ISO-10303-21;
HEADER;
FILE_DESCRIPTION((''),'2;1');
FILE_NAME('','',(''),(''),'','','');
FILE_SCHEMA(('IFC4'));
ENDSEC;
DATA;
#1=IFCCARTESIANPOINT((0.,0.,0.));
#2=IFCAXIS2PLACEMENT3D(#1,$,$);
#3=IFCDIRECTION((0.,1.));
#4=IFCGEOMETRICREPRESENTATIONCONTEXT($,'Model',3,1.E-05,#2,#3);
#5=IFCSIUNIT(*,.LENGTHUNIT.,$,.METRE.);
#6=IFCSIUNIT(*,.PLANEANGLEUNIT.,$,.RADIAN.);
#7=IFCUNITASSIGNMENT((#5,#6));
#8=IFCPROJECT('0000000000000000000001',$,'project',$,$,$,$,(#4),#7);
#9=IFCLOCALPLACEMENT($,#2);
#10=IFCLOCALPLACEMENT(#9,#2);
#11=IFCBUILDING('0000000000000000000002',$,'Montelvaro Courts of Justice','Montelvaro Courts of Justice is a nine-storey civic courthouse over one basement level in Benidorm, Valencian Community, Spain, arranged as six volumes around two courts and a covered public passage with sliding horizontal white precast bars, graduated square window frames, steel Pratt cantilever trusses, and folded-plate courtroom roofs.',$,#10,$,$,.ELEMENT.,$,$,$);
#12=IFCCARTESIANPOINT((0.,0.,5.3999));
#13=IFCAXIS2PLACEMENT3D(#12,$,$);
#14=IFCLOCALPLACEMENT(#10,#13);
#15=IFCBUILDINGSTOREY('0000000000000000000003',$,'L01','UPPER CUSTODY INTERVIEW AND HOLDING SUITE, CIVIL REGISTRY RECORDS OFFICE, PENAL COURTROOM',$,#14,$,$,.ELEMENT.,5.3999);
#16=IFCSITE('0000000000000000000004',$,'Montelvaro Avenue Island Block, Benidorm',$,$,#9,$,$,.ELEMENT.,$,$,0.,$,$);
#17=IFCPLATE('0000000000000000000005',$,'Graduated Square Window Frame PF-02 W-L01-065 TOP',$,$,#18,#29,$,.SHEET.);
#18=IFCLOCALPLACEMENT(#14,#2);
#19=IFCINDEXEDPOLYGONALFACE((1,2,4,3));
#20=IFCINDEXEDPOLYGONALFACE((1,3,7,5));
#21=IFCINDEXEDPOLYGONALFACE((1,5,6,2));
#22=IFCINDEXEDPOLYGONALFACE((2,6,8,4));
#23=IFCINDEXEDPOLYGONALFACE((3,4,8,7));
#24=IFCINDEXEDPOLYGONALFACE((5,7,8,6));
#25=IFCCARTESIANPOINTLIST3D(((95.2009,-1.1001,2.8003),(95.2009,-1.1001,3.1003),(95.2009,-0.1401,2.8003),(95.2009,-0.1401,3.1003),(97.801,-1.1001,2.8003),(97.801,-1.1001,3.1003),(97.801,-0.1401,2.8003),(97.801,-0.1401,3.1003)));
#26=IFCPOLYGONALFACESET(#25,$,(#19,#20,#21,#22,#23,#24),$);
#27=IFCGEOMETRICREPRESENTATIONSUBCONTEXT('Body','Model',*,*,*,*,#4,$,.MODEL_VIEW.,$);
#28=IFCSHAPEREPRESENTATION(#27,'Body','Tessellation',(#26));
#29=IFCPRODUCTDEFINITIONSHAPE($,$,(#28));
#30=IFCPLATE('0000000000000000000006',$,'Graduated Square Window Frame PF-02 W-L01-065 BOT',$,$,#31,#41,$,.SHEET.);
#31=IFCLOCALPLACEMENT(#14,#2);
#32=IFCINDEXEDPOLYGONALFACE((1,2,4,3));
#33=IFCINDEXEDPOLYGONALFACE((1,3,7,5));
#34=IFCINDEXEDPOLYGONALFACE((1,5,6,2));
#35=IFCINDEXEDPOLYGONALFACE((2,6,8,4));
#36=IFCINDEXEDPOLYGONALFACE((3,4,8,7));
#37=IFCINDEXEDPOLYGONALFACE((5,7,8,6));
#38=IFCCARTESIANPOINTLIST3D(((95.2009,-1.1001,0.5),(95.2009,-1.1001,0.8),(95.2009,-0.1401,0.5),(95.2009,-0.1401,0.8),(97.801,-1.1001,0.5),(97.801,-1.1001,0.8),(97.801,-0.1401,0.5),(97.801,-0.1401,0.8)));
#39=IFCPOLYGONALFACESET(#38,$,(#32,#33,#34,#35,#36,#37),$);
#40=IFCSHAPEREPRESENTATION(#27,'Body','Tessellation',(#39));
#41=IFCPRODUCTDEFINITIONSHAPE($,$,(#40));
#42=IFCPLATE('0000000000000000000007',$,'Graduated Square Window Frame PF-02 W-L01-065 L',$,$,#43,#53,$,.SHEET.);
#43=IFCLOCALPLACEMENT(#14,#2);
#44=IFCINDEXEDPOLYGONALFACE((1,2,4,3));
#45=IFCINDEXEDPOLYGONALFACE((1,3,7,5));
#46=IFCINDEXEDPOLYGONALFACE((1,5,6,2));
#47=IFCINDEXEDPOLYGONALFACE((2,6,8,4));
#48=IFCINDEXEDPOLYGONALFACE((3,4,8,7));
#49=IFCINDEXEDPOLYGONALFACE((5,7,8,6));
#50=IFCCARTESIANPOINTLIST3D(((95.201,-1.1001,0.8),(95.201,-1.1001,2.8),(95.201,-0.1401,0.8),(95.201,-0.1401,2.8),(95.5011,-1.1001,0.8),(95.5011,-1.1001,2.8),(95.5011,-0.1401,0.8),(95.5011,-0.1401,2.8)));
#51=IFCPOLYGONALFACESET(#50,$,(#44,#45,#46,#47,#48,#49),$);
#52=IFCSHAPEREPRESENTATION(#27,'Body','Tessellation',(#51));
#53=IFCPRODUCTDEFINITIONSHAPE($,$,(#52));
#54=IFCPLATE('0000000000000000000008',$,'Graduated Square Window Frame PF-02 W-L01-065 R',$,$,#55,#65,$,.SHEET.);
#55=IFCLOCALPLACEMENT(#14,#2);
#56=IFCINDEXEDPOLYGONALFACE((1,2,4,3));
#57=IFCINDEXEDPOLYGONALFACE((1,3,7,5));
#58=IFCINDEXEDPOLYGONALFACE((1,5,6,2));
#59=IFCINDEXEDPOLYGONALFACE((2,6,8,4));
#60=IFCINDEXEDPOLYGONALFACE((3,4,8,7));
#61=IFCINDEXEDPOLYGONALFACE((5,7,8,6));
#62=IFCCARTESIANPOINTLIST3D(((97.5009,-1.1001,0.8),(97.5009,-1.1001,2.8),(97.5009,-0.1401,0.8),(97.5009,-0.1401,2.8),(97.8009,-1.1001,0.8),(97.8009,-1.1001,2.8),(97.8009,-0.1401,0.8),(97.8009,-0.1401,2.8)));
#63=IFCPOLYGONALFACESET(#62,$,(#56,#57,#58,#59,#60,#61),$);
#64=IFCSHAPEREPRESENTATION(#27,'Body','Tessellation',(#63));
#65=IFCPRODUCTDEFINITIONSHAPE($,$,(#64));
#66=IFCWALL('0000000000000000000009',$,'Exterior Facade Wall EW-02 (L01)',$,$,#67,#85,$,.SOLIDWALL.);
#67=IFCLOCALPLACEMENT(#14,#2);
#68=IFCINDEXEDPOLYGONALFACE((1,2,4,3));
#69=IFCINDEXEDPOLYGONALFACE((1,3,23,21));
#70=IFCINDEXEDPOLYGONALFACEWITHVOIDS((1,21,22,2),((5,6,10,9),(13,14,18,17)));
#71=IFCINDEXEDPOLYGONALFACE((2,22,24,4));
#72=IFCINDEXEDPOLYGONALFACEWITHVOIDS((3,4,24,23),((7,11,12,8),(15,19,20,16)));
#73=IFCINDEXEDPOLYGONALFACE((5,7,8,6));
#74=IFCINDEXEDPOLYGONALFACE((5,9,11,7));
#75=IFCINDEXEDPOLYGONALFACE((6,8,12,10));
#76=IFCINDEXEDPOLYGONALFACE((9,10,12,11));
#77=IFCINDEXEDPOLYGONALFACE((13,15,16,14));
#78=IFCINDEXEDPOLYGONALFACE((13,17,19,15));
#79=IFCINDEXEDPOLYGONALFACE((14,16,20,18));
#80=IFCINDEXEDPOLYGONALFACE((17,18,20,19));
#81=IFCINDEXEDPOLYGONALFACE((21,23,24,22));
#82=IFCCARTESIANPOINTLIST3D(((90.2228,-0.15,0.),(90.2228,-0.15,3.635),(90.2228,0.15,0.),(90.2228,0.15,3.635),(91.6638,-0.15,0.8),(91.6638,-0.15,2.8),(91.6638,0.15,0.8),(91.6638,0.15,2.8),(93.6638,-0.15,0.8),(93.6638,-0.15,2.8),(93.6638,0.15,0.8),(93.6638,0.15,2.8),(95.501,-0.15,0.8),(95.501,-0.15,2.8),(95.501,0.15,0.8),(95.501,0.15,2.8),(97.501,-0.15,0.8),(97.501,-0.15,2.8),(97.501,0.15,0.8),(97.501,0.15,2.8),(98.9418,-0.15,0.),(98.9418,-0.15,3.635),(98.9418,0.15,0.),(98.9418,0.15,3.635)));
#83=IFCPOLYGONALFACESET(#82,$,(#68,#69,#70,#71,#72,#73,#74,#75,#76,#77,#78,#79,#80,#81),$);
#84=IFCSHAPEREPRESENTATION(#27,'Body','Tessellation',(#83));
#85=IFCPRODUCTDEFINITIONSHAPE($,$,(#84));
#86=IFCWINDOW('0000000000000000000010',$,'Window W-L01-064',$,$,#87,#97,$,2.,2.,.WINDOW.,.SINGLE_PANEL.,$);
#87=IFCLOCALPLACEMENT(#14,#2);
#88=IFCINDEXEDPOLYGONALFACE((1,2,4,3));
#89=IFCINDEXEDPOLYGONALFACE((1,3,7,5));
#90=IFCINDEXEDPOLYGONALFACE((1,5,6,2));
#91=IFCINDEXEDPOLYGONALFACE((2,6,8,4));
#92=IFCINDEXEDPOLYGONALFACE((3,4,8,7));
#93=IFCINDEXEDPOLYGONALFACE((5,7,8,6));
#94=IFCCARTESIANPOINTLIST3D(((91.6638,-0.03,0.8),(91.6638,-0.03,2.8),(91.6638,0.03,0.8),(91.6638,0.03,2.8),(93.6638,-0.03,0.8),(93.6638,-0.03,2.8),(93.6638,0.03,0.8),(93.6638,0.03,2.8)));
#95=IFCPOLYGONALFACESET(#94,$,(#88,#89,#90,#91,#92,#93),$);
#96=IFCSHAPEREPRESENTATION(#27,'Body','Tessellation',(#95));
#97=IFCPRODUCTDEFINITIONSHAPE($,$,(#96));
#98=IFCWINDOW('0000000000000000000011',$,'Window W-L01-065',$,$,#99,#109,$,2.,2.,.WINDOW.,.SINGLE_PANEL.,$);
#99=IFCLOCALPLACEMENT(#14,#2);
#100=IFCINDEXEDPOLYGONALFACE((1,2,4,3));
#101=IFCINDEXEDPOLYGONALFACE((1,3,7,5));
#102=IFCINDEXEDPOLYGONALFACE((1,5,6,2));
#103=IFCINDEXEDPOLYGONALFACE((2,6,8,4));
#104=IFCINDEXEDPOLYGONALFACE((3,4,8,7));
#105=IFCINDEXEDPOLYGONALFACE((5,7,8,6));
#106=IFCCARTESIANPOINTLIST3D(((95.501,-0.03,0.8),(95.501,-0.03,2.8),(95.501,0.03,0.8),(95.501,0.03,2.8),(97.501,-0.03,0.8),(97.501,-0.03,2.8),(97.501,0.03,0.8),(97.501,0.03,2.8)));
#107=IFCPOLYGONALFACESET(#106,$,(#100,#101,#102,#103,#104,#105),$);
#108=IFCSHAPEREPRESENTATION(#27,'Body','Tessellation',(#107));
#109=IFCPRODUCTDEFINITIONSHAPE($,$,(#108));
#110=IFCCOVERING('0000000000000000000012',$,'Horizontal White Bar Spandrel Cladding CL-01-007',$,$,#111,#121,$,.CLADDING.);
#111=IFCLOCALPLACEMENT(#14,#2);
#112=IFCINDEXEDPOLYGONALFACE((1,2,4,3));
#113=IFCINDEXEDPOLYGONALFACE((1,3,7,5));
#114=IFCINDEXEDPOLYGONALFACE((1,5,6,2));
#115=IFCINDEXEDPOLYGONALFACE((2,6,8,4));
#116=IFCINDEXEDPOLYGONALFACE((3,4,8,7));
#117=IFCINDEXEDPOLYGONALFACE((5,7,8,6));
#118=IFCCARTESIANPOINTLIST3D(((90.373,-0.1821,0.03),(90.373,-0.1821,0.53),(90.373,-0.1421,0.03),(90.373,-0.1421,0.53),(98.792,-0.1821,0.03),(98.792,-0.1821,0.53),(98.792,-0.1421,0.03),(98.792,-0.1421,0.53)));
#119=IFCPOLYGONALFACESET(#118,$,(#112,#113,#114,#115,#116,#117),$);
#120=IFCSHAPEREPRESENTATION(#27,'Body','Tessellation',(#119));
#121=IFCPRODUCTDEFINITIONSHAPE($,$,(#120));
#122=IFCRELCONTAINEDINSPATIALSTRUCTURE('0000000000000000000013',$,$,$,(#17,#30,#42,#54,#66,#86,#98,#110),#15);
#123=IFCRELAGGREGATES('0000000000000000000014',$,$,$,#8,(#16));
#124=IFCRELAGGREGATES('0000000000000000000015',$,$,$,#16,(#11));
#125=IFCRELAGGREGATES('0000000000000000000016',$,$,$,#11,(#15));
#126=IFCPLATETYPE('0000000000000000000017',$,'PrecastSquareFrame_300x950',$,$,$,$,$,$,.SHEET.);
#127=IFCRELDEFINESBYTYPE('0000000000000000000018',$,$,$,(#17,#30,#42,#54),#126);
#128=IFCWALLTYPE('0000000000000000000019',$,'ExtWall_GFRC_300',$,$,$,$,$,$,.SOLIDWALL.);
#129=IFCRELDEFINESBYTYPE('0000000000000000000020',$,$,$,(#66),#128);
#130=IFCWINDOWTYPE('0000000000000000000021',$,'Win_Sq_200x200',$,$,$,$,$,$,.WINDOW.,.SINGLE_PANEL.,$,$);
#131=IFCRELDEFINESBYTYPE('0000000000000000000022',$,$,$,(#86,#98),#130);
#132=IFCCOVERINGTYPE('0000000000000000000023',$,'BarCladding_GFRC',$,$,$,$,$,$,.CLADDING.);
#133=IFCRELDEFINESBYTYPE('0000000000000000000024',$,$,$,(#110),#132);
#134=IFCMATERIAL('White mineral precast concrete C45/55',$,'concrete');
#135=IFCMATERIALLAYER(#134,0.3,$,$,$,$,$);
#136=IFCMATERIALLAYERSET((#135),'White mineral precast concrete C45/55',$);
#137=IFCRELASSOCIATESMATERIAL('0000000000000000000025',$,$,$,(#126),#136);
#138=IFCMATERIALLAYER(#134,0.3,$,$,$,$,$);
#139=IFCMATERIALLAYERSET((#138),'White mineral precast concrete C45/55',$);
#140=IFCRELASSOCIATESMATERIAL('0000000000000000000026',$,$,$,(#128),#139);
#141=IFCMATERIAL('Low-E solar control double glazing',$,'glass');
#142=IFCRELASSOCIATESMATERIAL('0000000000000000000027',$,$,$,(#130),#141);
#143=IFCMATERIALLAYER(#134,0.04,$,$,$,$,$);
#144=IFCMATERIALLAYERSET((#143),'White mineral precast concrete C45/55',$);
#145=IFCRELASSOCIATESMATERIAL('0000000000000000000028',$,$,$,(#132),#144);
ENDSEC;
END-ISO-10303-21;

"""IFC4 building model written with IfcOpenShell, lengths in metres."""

from ifc_helpers import new_model, si_unit, direction, frame, frame_2d, origin, origin_2d, place, context, subcontext, project, spatial, rectangle, extrude, material, layer, layer_set, type_object, element, fill, save


model = new_model("IFC4")

# Units and contexts
model_context = context("Model", 3, precision=1e-05, world=origin(), true_north=direction((0.0, 1.0)))
body_context = subcontext(model_context, "Body", "Model", "MODEL_VIEW")
ifc_project = project(units=[si_unit("LENGTHUNIT", "METRE"), si_unit("PLANEANGLEUNIT", "RADIAN")], contexts=[model_context])

# Site, building, storey
site_placement = place(None, origin())
site = spatial("IfcSite", under=ifc_project, at=site_placement, Name="Montelvaro Avenue Island Block, Benidorm", CompositionType="ELEMENT", RefElevation=0.0)
building_placement = place(site_placement, origin())
building = spatial("IfcBuilding", under=site, at=building_placement, Name="Montelvaro Courts of Justice", Description="Montelvaro Courts of Justice is a nine-storey civic courthouse over one basement level in Benidorm, Valencian Community, Spain, arranged as six volumes around two courts and a covered public passage with sliding horizontal white precast bars, graduated square window frames, steel Pratt cantilever trusses, and folded-plate courtroom roofs.", CompositionType="ELEMENT")
storey_placement = place(building_placement, frame((0.0, 0.0, 5.3999)))
storey = spatial("IfcBuildingStorey", under=building, at=storey_placement, Name="L01", Description="UPPER CUSTODY INTERVIEW AND HOLDING SUITE, CIVIL REGISTRY RECORDS OFFICE, PENAL COURTROOM", CompositionType="ELEMENT", Elevation=5.3999)

# Plates
ifc_material_1 = material(Name="White mineral precast concrete C45/55", Category="concrete")
ifc_layer_1 = layer(ifc_material_1, 0.3)
ifc_layer_set_1 = layer_set([ifc_layer_1], Name="White mineral precast concrete C45/55")
plate_type = type_object("IfcPlateType", Name="PrecastSquareFrame_300x950", PredefinedType="SHEET", material=ifc_layer_set_1)
for number, where, z_axis, x_axis, name in (
    (1, (96.501, -0.6201, 2.8003), (0.0, 0.0, 1.0), (1.0, 0.0, 0.0), "Graduated Square Window Frame PF-02 W-L01-065 TOP"),
    (2, (96.501, -0.6201, 0.5), (0.0, 0.0, 1.0), (1.0, 0.0, 0.0), "Graduated Square Window Frame PF-02 W-L01-065 BOT"),
):
    element("IfcPlate", number, at=place(storey_placement, frame(where, z_axis=z_axis, x_axis=x_axis)), inside=storey, type_object=plate_type, Name=name, PredefinedType="SHEET", context=body_context, shape_type="SweptSolid", body=[
        extrude(rectangle(XDim=2.6001, YDim=0.96, at=origin_2d()), origin(), (0.0, 0.0, 1.0), 0.3),
    ])
for number, where, z_axis, x_axis, name in (
    (3, (95.3511, -0.6201, 0.8), (0.0, 0.0, 1.0), (1.0, 0.0, 0.0), "Graduated Square Window Frame PF-02 W-L01-065 L"),
    (4, (97.6509, -0.6201, 0.8), (0.0, 0.0, 1.0), (1.0, 0.0, 0.0), "Graduated Square Window Frame PF-02 W-L01-065 R"),
):
    element("IfcPlate", number, at=place(storey_placement, frame(where, z_axis=z_axis, x_axis=x_axis)), inside=storey, type_object=plate_type, Name=name, PredefinedType="SHEET", context=body_context, shape_type="SweptSolid", body=[
        extrude(rectangle(XDim=0.3, YDim=0.96, at=origin_2d()), origin(), (0.0, 0.0, 1.0), 2.0),
    ])

# Wall, openings, windows
ifc_layer_2 = layer(ifc_material_1, 0.3)
ifc_layer_set_2 = layer_set([ifc_layer_2], Name="White mineral precast concrete C45/55")
wall_type = type_object("IfcWallType", Name="ExtWall_GFRC_300", PredefinedType="SOLIDWALL", material=ifc_layer_set_2)
wall_placement = place(storey_placement, frame((90.2229, 0.0, 0.0), z_axis=(0.0, 0.0, 1.0), x_axis=(1.0, 0.0, 0.0)))
wall = element("IfcWall", 5, at=wall_placement, inside=storey, type_object=wall_type, Name="Exterior Facade Wall EW-02 (L01)", PredefinedType="SOLIDWALL", context=body_context, shape_type="SweptSolid", body=[
    extrude(rectangle(XDim=8.719, YDim=0.3, at=frame_2d((4.3594, 0.0))), origin(), (0.0, 0.0, 1.0), 3.635),
])
opening_1_placement = place(wall_placement, frame((1.4409, 0.0, 0.8)))
opening_1 = element("IfcOpeningElement", 6, at=opening_1_placement, cuts=wall, PredefinedType="OPENING", context=body_context, shape_type="SweptSolid", body=[
    extrude(rectangle(XDim=2.0, YDim=2.0, at=frame_2d((1.0, 1.0))), frame((0.0, 0.165, 0.0), z_axis=(0.0, -1.0, 0.0), x_axis=(1.0, 0.0, 0.0)), (0.0, 0.0, 1.0), 0.3298),
])
opening_2_placement = place(wall_placement, frame((5.2781, 0.0, 0.8)))
opening_2 = element("IfcOpeningElement", 7, at=opening_2_placement, cuts=wall, PredefinedType="OPENING", context=body_context, shape_type="SweptSolid", body=[
    extrude(rectangle(XDim=2.0, YDim=2.0, at=frame_2d((1.0, 1.0))), frame((0.0, 0.165, 0.0), z_axis=(0.0, -1.0, 0.0), x_axis=(1.0, 0.0, 0.0)), (0.0, 0.0, 1.0), 0.3298),
])
ifc_material_2 = material(Name="Low-E solar control double glazing", Category="glass")
window_type = type_object("IfcWindowType", Name="Win_Sq_200x200", PartitioningType="SINGLE_PANEL", PredefinedType="WINDOW", material=ifc_material_2)
window_1_placement = place(opening_1_placement, origin())
window_1 = element("IfcWindow", 8, at=window_1_placement, inside=storey, type_object=window_type, Name="Window W-L01-064", OverallHeight=2.0, OverallWidth=2.0, PartitioningType="SINGLE_PANEL", PredefinedType="WINDOW", context=body_context, shape_type="SweptSolid", body=[
    extrude(rectangle(XDim=2.0, YDim=2.0, at=frame_2d((1.0, 1.0))), frame((0.0, 0.03, 0.0), z_axis=(0.0, -1.0, 0.0), x_axis=(1.0, 0.0, 0.0)), (0.0, 0.0, 1.0), 0.0601),
])
fill(opening_1, window_1)
window_2_placement = place(opening_2_placement, origin())
window_2 = element("IfcWindow", 9, at=window_2_placement, inside=storey, type_object=window_type, Name="Window W-L01-065", OverallHeight=2.0, OverallWidth=2.0, PartitioningType="SINGLE_PANEL", PredefinedType="WINDOW", context=body_context, shape_type="SweptSolid", body=[
    extrude(rectangle(XDim=2.0, YDim=2.0, at=frame_2d((1.0, 1.0))), frame((0.0, 0.03, 0.0), z_axis=(0.0, -1.0, 0.0), x_axis=(1.0, 0.0, 0.0)), (0.0, 0.0, 1.0), 0.0601),
])
fill(opening_2, window_2)

# Covering
ifc_layer_3 = layer(ifc_material_1, 0.04)
ifc_layer_set_3 = layer_set([ifc_layer_3], Name="White mineral precast concrete C45/55")
covering_type = type_object("IfcCoveringType", Name="BarCladding_GFRC", PredefinedType="CLADDING", material=ifc_layer_set_3)
covering_placement = place(storey_placement, frame((94.5825, -0.1621, 0.03), z_axis=(0.0, 0.0, 1.0), x_axis=(1.0, 0.0, 0.0)))
element("IfcCovering", 10, at=covering_placement, inside=storey, type_object=covering_type, Name="Horizontal White Bar Spandrel Cladding CL-01-007", PredefinedType="CLADDING", context=body_context, shape_type="SweptSolid", body=[
    extrude(rectangle(XDim=8.4189, YDim=0.04, at=origin_2d()), origin(), (0.0, 0.0, 1.0), 0.5),
])

save(model, "model.ifc")
